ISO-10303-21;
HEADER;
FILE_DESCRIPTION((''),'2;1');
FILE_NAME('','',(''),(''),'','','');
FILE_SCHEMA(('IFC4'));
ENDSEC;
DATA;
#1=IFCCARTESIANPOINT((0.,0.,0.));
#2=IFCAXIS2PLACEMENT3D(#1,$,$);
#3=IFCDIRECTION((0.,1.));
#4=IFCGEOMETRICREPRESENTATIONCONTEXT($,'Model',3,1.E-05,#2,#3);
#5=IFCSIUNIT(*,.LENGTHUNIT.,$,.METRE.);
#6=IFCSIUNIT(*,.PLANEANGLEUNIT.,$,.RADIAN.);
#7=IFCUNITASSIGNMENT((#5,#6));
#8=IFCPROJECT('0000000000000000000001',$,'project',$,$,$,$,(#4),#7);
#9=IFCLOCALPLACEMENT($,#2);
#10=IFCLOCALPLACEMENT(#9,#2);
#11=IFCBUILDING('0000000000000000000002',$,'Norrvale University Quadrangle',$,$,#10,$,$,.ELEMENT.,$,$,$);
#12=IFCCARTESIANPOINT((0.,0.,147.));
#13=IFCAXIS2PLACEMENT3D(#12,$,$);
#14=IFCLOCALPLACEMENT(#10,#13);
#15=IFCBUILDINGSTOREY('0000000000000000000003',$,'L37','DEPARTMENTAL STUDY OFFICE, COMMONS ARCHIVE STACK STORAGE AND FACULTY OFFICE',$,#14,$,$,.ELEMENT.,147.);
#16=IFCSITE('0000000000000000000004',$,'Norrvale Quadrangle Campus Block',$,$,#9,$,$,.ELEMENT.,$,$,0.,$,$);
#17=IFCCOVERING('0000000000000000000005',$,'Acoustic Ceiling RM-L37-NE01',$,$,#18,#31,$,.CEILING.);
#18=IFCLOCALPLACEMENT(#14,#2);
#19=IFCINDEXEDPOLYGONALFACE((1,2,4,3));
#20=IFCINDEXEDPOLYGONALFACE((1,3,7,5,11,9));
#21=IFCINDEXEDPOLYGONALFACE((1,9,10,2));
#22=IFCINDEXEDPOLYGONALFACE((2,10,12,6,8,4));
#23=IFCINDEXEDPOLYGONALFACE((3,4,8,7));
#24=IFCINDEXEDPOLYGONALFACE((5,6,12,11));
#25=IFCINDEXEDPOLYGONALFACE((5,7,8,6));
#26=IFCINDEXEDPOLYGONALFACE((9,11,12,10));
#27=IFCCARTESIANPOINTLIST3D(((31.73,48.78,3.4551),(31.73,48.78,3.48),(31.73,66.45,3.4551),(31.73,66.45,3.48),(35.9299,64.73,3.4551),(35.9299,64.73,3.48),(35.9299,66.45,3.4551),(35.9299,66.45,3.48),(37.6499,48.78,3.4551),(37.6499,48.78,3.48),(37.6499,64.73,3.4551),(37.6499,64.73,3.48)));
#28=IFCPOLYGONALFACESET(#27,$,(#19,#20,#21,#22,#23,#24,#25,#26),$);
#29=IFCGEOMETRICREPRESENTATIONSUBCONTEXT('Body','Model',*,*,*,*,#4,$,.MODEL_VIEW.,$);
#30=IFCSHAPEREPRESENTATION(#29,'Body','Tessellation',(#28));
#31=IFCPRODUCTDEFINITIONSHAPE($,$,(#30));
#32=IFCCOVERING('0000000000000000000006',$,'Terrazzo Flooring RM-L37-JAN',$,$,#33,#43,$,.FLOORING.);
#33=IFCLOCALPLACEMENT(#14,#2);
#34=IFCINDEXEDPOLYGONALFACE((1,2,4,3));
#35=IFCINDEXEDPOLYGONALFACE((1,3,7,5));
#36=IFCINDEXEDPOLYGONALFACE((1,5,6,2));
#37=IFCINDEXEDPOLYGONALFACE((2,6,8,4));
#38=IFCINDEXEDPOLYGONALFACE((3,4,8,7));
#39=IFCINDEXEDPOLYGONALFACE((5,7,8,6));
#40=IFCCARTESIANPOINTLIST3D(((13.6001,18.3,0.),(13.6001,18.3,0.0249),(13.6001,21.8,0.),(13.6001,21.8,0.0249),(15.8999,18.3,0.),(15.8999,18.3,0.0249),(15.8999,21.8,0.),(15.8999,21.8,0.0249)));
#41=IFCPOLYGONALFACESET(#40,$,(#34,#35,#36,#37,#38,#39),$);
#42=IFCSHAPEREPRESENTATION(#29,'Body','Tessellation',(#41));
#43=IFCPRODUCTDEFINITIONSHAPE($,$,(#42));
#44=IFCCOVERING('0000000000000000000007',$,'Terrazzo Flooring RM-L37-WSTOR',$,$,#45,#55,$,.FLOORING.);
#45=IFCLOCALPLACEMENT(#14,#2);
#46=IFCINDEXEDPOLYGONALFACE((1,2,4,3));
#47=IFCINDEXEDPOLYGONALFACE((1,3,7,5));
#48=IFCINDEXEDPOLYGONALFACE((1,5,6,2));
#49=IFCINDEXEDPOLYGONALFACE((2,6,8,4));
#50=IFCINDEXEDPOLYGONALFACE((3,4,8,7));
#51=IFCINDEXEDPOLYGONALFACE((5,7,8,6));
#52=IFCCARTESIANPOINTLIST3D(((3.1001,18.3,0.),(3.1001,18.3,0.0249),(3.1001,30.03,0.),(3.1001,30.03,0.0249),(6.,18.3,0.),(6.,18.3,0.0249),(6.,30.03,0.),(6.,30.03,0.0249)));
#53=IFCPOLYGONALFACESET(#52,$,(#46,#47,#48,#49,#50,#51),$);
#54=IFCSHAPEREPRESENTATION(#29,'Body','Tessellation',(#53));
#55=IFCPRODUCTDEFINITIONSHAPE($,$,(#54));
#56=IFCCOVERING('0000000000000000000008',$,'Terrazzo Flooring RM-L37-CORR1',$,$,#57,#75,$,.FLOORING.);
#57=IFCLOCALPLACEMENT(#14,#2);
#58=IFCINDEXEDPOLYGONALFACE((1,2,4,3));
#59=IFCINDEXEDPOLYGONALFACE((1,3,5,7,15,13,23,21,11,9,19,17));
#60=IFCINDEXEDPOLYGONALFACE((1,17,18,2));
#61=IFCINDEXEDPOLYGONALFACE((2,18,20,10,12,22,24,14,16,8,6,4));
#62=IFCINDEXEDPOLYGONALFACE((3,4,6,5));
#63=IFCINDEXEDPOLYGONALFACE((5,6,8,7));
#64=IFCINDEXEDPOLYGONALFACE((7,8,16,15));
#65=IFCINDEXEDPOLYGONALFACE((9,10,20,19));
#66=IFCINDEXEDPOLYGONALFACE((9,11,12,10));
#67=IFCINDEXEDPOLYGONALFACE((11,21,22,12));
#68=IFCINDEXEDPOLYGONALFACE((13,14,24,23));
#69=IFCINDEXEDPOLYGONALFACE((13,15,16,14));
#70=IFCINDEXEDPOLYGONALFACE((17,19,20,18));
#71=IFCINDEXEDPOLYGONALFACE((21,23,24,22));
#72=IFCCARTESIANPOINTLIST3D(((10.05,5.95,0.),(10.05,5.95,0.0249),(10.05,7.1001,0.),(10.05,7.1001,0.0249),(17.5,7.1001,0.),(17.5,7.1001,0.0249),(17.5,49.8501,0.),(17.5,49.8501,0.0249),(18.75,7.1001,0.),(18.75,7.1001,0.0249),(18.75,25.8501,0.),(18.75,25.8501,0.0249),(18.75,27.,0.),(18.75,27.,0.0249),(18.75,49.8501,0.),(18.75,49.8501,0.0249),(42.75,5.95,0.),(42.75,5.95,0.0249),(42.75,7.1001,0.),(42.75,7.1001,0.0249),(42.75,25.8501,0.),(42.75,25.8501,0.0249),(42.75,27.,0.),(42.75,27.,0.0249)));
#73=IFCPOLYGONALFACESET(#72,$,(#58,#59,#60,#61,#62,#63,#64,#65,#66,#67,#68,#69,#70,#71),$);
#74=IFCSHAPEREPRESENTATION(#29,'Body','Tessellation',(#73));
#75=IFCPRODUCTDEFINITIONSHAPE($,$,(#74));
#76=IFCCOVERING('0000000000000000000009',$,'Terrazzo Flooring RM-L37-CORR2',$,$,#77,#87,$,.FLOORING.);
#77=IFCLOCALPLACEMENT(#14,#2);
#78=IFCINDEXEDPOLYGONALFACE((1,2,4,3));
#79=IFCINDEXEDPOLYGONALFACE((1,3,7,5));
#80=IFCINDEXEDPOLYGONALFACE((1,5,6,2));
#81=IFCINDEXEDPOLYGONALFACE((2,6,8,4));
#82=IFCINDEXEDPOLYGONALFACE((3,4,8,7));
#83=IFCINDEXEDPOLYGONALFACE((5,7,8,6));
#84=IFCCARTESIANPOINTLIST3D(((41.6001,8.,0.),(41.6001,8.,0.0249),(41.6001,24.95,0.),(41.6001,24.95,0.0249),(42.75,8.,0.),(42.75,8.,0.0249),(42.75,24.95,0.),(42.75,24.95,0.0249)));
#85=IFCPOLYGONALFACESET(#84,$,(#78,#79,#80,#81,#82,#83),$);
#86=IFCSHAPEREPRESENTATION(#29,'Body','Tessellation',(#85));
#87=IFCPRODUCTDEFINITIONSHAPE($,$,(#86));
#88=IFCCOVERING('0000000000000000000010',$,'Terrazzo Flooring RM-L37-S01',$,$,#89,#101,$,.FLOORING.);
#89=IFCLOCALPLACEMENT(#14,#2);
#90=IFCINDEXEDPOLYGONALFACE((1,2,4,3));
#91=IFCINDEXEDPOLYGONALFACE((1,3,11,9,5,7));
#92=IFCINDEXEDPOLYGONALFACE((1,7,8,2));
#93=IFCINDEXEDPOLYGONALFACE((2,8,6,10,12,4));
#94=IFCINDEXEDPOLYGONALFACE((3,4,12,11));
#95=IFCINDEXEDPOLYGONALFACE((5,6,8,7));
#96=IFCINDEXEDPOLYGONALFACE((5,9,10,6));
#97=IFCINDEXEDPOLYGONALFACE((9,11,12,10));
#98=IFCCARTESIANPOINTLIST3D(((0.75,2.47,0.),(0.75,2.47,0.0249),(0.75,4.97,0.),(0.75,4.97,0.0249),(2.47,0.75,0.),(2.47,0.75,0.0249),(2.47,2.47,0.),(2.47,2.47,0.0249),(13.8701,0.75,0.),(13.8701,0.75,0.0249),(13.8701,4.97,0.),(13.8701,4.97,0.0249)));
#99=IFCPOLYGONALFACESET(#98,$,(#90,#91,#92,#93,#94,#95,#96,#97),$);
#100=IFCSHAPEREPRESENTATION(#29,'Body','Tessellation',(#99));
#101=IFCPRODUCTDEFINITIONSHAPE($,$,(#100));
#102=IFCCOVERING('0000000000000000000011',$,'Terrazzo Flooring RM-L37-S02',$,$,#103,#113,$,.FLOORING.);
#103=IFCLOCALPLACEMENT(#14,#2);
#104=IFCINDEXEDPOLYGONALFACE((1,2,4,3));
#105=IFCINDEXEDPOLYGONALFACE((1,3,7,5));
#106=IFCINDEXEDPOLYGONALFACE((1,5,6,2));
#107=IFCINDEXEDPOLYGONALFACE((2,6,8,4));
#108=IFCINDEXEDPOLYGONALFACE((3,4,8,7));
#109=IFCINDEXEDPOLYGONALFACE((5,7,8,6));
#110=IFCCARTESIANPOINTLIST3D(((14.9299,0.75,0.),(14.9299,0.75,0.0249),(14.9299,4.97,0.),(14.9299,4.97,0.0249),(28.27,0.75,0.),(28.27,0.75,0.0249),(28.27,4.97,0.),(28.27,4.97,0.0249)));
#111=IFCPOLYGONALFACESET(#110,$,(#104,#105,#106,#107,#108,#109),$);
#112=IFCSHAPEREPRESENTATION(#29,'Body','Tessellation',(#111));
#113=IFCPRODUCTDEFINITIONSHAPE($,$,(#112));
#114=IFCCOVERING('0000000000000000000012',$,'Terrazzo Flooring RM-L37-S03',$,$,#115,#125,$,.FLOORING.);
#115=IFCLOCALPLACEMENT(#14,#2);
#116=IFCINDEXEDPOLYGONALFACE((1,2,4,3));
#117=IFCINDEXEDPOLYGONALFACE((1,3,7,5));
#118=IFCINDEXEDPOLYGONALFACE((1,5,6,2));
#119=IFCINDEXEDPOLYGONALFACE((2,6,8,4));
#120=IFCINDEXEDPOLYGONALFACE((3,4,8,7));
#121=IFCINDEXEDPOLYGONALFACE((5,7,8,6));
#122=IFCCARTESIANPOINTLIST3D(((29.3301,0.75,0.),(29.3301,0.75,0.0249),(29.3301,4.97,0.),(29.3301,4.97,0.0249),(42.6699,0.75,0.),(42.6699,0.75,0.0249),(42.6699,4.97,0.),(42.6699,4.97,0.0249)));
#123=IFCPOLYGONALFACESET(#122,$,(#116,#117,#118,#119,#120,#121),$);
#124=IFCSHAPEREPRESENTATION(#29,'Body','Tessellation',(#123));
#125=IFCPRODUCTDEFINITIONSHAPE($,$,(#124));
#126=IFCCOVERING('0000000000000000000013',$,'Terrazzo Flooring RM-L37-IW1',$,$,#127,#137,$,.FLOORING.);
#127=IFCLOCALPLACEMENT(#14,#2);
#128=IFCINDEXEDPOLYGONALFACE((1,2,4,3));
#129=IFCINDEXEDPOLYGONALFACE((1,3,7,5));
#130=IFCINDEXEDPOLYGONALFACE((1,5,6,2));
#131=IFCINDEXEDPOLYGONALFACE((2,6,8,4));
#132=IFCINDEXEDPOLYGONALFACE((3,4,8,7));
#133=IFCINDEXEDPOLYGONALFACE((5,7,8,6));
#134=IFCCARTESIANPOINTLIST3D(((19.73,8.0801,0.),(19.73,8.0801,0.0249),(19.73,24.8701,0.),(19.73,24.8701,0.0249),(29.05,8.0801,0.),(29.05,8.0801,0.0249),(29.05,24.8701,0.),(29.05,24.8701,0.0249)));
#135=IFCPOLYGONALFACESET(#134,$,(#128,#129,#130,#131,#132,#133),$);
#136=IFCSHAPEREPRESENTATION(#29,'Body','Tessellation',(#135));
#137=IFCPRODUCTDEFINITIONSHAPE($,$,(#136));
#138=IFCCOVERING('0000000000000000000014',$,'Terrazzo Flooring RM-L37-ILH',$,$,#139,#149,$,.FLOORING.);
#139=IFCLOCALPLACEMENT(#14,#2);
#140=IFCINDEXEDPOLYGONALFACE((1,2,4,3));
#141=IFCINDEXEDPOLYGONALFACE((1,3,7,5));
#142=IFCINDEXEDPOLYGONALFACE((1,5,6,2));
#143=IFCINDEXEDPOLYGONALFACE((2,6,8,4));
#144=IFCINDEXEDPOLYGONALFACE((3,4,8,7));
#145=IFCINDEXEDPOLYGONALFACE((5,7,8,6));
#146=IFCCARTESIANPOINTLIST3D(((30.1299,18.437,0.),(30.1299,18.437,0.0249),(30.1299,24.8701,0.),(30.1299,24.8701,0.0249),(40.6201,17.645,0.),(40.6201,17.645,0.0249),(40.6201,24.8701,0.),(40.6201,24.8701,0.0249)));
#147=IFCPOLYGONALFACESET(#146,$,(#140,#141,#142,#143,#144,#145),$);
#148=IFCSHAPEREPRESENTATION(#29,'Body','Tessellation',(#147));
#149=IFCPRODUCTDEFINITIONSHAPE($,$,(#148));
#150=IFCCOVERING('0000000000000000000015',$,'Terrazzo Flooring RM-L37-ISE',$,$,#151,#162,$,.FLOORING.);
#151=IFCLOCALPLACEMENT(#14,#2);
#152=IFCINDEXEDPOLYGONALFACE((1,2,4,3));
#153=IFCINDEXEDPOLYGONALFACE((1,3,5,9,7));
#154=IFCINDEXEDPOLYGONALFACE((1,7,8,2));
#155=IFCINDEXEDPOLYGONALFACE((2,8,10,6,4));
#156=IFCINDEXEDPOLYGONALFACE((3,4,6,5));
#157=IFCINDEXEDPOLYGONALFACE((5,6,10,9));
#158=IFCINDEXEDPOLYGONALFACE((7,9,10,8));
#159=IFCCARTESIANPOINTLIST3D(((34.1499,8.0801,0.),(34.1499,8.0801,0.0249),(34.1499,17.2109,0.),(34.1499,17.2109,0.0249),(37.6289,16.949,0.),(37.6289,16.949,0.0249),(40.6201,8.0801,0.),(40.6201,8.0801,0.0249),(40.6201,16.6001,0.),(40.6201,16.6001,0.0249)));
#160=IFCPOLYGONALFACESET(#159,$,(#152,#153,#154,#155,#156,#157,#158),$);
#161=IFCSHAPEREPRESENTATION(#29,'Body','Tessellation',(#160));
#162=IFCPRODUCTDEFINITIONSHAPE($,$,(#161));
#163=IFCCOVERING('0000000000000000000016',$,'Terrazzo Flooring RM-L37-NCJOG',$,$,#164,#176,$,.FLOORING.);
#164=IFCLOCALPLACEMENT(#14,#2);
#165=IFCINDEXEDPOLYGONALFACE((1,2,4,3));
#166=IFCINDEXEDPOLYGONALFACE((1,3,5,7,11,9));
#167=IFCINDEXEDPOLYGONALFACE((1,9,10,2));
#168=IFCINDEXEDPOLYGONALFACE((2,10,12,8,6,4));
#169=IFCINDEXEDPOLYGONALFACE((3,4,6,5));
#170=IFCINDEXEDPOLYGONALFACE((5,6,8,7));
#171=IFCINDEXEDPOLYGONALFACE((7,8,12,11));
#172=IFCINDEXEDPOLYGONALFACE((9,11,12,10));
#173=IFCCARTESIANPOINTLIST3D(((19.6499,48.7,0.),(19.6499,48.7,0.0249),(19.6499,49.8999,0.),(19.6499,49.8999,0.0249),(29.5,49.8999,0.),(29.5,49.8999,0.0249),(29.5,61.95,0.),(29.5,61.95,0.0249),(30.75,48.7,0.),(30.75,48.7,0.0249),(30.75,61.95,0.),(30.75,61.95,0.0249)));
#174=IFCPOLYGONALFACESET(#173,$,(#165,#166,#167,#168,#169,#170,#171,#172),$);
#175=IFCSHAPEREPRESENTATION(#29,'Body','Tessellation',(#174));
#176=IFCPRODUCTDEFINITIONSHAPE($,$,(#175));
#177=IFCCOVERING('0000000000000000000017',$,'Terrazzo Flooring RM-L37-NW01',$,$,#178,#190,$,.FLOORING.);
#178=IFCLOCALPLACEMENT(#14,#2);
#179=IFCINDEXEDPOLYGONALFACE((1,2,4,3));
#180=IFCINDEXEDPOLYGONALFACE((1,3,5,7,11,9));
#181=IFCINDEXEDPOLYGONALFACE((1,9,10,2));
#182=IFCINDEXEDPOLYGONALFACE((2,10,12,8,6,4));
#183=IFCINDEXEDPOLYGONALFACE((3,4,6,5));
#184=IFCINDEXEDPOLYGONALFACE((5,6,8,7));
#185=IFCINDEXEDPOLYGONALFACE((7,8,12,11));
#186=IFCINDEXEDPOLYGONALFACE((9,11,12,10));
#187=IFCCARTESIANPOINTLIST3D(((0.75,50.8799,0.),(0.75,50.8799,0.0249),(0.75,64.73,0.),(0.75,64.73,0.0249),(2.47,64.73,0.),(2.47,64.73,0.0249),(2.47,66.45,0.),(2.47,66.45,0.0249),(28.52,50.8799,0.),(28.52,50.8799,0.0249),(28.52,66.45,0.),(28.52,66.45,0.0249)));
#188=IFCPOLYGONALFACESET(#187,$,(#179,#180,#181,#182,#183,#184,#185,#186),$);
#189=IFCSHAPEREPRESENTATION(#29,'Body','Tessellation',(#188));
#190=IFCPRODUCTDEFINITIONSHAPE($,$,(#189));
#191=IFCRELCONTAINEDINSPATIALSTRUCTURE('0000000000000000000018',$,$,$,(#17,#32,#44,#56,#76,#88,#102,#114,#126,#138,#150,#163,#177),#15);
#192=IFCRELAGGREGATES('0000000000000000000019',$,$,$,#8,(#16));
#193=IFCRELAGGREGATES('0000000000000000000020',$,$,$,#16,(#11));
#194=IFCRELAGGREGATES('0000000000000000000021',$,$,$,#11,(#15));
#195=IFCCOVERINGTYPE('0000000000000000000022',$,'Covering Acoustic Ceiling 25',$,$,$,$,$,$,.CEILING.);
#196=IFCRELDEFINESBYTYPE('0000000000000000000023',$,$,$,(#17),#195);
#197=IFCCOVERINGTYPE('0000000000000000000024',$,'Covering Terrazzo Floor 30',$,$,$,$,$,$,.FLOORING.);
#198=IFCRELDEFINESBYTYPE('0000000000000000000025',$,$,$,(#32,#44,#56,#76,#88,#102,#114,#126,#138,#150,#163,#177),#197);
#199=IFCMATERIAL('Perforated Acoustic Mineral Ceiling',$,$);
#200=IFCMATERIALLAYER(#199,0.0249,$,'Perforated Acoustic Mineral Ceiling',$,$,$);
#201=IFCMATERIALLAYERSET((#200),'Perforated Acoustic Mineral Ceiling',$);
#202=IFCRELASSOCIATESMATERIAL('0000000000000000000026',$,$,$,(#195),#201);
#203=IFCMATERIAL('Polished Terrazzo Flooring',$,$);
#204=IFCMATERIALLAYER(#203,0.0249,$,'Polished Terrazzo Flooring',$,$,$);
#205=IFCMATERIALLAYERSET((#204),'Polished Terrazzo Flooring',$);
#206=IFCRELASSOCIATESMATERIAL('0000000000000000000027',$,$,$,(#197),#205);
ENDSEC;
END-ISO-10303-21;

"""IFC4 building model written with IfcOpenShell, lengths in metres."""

from ifc_helpers import new_model, si_unit, direction, frame, origin, place, context, subcontext, project, spatial, polyline, outline, extrude, material, layer, layer_set, type_object, element, save


model = new_model("IFC4")

# Units and contexts
model_context = context("Model", 3, precision=1e-05, world=origin(), true_north=direction((0.0, 1.0)))
body_context = subcontext(model_context, "Body", "Model", "MODEL_VIEW")
ifc_project = project(units=[si_unit("LENGTHUNIT", "METRE"), si_unit("PLANEANGLEUNIT", "RADIAN")], contexts=[model_context])

# Site, building, storey
site_placement = place(None, origin())
site = spatial("IfcSite", under=ifc_project, at=site_placement, Name="Norrvale Quadrangle Campus Block", CompositionType="ELEMENT", RefElevation=0.0)
building_placement = place(site_placement, origin())
building = spatial("IfcBuilding", under=site, at=building_placement, Name="Norrvale University Quadrangle", CompositionType="ELEMENT")
storey_placement = place(building_placement, frame((0.0, 0.0, 147.0)))
storey = spatial("IfcBuildingStorey", under=building, at=storey_placement, Name="L37", Description="DEPARTMENTAL STUDY OFFICE, COMMONS ARCHIVE STACK STORAGE AND FACULTY OFFICE", CompositionType="ELEMENT", Elevation=147.0)

# Coverings
ifc_material_1 = material(Name="Perforated Acoustic Mineral Ceiling")
ifc_layer_1 = layer(ifc_material_1, 0.0249, Name="Perforated Acoustic Mineral Ceiling")
ifc_layer_set_1 = layer_set([ifc_layer_1], Name="Perforated Acoustic Mineral Ceiling")
covering_type_1 = type_object("IfcCoveringType", Name="Covering Acoustic Ceiling 25", PredefinedType="CEILING", material=ifc_layer_set_1)
covering_1_placement = place(storey_placement, frame((0.0, 0.0, 3.4551)))
element("IfcCovering", 1, at=covering_1_placement, inside=storey, type_object=covering_type_1, Name="Acoustic Ceiling RM-L37-NE01", PredefinedType="CEILING", context=body_context, shape_type="SweptSolid", body=[
    extrude(outline(polyline([(37.6499, 48.78), (31.73, 48.78), (31.73, 66.45), (35.9299, 66.45), (35.9299, 64.73), (37.6499, 64.73), (37.6499, 48.78)])), origin(), (0.0, 0.0, 1.0), 0.0249),
])
ifc_material_2 = material(Name="Polished Terrazzo Flooring")
ifc_layer_2 = layer(ifc_material_2, 0.0249, Name="Polished Terrazzo Flooring")
ifc_layer_set_2 = layer_set([ifc_layer_2], Name="Polished Terrazzo Flooring")
covering_type_2 = type_object("IfcCoveringType", Name="Covering Terrazzo Floor 30", PredefinedType="FLOORING", material=ifc_layer_set_2)
covering_2_placement = place(storey_placement, origin())
element("IfcCovering", 2, at=covering_2_placement, inside=storey, type_object=covering_type_2, Name="Terrazzo Flooring RM-L37-JAN", PredefinedType="FLOORING", context=body_context, shape_type="SweptSolid", body=[
    extrude(outline(polyline([(13.6001, 18.3), (13.6001, 21.8), (15.8999, 21.8), (15.8999, 18.3), (13.6001, 18.3)])), origin(), (0.0, 0.0, 1.0), 0.0249),
])
covering_3_placement = place(storey_placement, origin())
element("IfcCovering", 3, at=covering_3_placement, inside=storey, type_object=covering_type_2, Name="Terrazzo Flooring RM-L37-WSTOR", PredefinedType="FLOORING", context=body_context, shape_type="SweptSolid", body=[
    extrude(outline(polyline([(3.1001, 18.3), (3.1001, 30.03), (6.0, 30.03), (6.0, 18.3), (3.1001, 18.3)])), origin(), (0.0, 0.0, 1.0), 0.0249),
])
covering_4_placement = place(storey_placement, origin())
element("IfcCovering", 4, at=covering_4_placement, inside=storey, type_object=covering_type_2, Name="Terrazzo Flooring RM-L37-CORR1", PredefinedType="FLOORING", context=body_context, shape_type="SweptSolid", body=[
    extrude(outline(polyline([(10.05, 5.95), (10.05, 7.1001), (17.5, 7.1001), (17.5, 49.8501), (18.75, 49.8501), (18.75, 27.0), (42.75, 27.0), (42.75, 25.8501), (18.75, 25.8501), (18.75, 7.1001), (42.75, 7.1001), (42.75, 5.95), (10.05, 5.95)])), origin(), (0.0, 0.0, 1.0), 0.0249),
])
covering_5_placement = place(storey_placement, origin())
element("IfcCovering", 5, at=covering_5_placement, inside=storey, type_object=covering_type_2, Name="Terrazzo Flooring RM-L37-CORR2", PredefinedType="FLOORING", context=body_context, shape_type="SweptSolid", body=[
    extrude(outline(polyline([(41.6001, 8.0), (41.6001, 24.95), (42.75, 24.95), (42.75, 8.0), (41.6001, 8.0)])), origin(), (0.0, 0.0, 1.0), 0.0249),
])
covering_6_placement = place(storey_placement, origin())
element("IfcCovering", 6, at=covering_6_placement, inside=storey, type_object=covering_type_2, Name="Terrazzo Flooring RM-L37-S01", PredefinedType="FLOORING", context=body_context, shape_type="SweptSolid", body=[
    extrude(outline(polyline([(0.75, 4.97), (13.8701, 4.97), (13.8701, 0.75), (2.47, 0.75), (2.47, 2.47), (0.75, 2.47), (0.75, 4.97)])), origin(), (0.0, 0.0, 1.0), 0.0249),
])
covering_7_placement = place(storey_placement, origin())
element("IfcCovering", 7, at=covering_7_placement, inside=storey, type_object=covering_type_2, Name="Terrazzo Flooring RM-L37-S02", PredefinedType="FLOORING", context=body_context, shape_type="SweptSolid", body=[
    extrude(outline(polyline([(14.9299, 4.97), (28.27, 4.97), (28.27, 0.75), (14.9299, 0.75), (14.9299, 4.97)])), origin(), (0.0, 0.0, 1.0), 0.0249),
])
covering_8_placement = place(storey_placement, origin())
element("IfcCovering", 8, at=covering_8_placement, inside=storey, type_object=covering_type_2, Name="Terrazzo Flooring RM-L37-S03", PredefinedType="FLOORING", context=body_context, shape_type="SweptSolid", body=[
    extrude(outline(polyline([(29.3301, 4.97), (42.6699, 4.97), (42.6699, 0.75), (29.3301, 0.75), (29.3301, 4.97)])), origin(), (0.0, 0.0, 1.0), 0.0249),
])
covering_9_placement = place(storey_placement, origin())
element("IfcCovering", 9, at=covering_9_placement, inside=storey, type_object=covering_type_2, Name="Terrazzo Flooring RM-L37-IW1", PredefinedType="FLOORING", context=body_context, shape_type="SweptSolid", body=[
    extrude(outline(polyline([(19.73, 8.0801), (19.73, 24.8701), (29.05, 24.8701), (29.05, 8.0801), (19.73, 8.0801)])), origin(), (0.0, 0.0, 1.0), 0.0249),
])
covering_10_placement = place(storey_placement, origin())
element("IfcCovering", 10, at=covering_10_placement, inside=storey, type_object=covering_type_2, Name="Terrazzo Flooring RM-L37-ILH", PredefinedType="FLOORING", context=body_context, shape_type="SweptSolid", body=[
    extrude(outline(polyline([(30.1299, 18.437), (30.1299, 24.8701), (40.6201, 24.8701), (40.6201, 17.645), (30.1299, 18.437)])), origin(), (0.0, 0.0, 1.0), 0.0249),
])
covering_11_placement = place(storey_placement, origin())
element("IfcCovering", 11, at=covering_11_placement, inside=storey, type_object=covering_type_2, Name="Terrazzo Flooring RM-L37-ISE", PredefinedType="FLOORING", context=body_context, shape_type="SweptSolid", body=[
    extrude(outline(polyline([(40.6201, 16.6001), (40.6201, 8.0801), (34.1499, 8.0801), (34.1499, 17.2109), (37.6289, 16.949), (40.6201, 16.6001)])), origin(), (0.0, 0.0, 1.0), 0.0249),
])
covering_12_placement = place(storey_placement, origin())
element("IfcCovering", 12, at=covering_12_placement, inside=storey, type_object=covering_type_2, Name="Terrazzo Flooring RM-L37-NCJOG", PredefinedType="FLOORING", context=body_context, shape_type="SweptSolid", body=[
    extrude(outline(polyline([(19.6499, 48.7), (19.6499, 49.8999), (29.5, 49.8999), (29.5, 61.95), (30.75, 61.95), (30.75, 48.7), (19.6499, 48.7)])), origin(), (0.0, 0.0, 1.0), 0.0249),
])
covering_13_placement = place(storey_placement, origin())
element("IfcCovering", 13, at=covering_13_placement, inside=storey, type_object=covering_type_2, Name="Terrazzo Flooring RM-L37-NW01", PredefinedType="FLOORING", context=body_context, shape_type="SweptSolid", body=[
    extrude(outline(polyline([(28.52, 66.45), (28.52, 50.8799), (0.75, 50.8799), (0.75, 64.73), (2.47, 64.73), (2.47, 66.45), (28.52, 66.45)])), origin(), (0.0, 0.0, 1.0), 0.0249),
])

save(model, "model.ifc")
